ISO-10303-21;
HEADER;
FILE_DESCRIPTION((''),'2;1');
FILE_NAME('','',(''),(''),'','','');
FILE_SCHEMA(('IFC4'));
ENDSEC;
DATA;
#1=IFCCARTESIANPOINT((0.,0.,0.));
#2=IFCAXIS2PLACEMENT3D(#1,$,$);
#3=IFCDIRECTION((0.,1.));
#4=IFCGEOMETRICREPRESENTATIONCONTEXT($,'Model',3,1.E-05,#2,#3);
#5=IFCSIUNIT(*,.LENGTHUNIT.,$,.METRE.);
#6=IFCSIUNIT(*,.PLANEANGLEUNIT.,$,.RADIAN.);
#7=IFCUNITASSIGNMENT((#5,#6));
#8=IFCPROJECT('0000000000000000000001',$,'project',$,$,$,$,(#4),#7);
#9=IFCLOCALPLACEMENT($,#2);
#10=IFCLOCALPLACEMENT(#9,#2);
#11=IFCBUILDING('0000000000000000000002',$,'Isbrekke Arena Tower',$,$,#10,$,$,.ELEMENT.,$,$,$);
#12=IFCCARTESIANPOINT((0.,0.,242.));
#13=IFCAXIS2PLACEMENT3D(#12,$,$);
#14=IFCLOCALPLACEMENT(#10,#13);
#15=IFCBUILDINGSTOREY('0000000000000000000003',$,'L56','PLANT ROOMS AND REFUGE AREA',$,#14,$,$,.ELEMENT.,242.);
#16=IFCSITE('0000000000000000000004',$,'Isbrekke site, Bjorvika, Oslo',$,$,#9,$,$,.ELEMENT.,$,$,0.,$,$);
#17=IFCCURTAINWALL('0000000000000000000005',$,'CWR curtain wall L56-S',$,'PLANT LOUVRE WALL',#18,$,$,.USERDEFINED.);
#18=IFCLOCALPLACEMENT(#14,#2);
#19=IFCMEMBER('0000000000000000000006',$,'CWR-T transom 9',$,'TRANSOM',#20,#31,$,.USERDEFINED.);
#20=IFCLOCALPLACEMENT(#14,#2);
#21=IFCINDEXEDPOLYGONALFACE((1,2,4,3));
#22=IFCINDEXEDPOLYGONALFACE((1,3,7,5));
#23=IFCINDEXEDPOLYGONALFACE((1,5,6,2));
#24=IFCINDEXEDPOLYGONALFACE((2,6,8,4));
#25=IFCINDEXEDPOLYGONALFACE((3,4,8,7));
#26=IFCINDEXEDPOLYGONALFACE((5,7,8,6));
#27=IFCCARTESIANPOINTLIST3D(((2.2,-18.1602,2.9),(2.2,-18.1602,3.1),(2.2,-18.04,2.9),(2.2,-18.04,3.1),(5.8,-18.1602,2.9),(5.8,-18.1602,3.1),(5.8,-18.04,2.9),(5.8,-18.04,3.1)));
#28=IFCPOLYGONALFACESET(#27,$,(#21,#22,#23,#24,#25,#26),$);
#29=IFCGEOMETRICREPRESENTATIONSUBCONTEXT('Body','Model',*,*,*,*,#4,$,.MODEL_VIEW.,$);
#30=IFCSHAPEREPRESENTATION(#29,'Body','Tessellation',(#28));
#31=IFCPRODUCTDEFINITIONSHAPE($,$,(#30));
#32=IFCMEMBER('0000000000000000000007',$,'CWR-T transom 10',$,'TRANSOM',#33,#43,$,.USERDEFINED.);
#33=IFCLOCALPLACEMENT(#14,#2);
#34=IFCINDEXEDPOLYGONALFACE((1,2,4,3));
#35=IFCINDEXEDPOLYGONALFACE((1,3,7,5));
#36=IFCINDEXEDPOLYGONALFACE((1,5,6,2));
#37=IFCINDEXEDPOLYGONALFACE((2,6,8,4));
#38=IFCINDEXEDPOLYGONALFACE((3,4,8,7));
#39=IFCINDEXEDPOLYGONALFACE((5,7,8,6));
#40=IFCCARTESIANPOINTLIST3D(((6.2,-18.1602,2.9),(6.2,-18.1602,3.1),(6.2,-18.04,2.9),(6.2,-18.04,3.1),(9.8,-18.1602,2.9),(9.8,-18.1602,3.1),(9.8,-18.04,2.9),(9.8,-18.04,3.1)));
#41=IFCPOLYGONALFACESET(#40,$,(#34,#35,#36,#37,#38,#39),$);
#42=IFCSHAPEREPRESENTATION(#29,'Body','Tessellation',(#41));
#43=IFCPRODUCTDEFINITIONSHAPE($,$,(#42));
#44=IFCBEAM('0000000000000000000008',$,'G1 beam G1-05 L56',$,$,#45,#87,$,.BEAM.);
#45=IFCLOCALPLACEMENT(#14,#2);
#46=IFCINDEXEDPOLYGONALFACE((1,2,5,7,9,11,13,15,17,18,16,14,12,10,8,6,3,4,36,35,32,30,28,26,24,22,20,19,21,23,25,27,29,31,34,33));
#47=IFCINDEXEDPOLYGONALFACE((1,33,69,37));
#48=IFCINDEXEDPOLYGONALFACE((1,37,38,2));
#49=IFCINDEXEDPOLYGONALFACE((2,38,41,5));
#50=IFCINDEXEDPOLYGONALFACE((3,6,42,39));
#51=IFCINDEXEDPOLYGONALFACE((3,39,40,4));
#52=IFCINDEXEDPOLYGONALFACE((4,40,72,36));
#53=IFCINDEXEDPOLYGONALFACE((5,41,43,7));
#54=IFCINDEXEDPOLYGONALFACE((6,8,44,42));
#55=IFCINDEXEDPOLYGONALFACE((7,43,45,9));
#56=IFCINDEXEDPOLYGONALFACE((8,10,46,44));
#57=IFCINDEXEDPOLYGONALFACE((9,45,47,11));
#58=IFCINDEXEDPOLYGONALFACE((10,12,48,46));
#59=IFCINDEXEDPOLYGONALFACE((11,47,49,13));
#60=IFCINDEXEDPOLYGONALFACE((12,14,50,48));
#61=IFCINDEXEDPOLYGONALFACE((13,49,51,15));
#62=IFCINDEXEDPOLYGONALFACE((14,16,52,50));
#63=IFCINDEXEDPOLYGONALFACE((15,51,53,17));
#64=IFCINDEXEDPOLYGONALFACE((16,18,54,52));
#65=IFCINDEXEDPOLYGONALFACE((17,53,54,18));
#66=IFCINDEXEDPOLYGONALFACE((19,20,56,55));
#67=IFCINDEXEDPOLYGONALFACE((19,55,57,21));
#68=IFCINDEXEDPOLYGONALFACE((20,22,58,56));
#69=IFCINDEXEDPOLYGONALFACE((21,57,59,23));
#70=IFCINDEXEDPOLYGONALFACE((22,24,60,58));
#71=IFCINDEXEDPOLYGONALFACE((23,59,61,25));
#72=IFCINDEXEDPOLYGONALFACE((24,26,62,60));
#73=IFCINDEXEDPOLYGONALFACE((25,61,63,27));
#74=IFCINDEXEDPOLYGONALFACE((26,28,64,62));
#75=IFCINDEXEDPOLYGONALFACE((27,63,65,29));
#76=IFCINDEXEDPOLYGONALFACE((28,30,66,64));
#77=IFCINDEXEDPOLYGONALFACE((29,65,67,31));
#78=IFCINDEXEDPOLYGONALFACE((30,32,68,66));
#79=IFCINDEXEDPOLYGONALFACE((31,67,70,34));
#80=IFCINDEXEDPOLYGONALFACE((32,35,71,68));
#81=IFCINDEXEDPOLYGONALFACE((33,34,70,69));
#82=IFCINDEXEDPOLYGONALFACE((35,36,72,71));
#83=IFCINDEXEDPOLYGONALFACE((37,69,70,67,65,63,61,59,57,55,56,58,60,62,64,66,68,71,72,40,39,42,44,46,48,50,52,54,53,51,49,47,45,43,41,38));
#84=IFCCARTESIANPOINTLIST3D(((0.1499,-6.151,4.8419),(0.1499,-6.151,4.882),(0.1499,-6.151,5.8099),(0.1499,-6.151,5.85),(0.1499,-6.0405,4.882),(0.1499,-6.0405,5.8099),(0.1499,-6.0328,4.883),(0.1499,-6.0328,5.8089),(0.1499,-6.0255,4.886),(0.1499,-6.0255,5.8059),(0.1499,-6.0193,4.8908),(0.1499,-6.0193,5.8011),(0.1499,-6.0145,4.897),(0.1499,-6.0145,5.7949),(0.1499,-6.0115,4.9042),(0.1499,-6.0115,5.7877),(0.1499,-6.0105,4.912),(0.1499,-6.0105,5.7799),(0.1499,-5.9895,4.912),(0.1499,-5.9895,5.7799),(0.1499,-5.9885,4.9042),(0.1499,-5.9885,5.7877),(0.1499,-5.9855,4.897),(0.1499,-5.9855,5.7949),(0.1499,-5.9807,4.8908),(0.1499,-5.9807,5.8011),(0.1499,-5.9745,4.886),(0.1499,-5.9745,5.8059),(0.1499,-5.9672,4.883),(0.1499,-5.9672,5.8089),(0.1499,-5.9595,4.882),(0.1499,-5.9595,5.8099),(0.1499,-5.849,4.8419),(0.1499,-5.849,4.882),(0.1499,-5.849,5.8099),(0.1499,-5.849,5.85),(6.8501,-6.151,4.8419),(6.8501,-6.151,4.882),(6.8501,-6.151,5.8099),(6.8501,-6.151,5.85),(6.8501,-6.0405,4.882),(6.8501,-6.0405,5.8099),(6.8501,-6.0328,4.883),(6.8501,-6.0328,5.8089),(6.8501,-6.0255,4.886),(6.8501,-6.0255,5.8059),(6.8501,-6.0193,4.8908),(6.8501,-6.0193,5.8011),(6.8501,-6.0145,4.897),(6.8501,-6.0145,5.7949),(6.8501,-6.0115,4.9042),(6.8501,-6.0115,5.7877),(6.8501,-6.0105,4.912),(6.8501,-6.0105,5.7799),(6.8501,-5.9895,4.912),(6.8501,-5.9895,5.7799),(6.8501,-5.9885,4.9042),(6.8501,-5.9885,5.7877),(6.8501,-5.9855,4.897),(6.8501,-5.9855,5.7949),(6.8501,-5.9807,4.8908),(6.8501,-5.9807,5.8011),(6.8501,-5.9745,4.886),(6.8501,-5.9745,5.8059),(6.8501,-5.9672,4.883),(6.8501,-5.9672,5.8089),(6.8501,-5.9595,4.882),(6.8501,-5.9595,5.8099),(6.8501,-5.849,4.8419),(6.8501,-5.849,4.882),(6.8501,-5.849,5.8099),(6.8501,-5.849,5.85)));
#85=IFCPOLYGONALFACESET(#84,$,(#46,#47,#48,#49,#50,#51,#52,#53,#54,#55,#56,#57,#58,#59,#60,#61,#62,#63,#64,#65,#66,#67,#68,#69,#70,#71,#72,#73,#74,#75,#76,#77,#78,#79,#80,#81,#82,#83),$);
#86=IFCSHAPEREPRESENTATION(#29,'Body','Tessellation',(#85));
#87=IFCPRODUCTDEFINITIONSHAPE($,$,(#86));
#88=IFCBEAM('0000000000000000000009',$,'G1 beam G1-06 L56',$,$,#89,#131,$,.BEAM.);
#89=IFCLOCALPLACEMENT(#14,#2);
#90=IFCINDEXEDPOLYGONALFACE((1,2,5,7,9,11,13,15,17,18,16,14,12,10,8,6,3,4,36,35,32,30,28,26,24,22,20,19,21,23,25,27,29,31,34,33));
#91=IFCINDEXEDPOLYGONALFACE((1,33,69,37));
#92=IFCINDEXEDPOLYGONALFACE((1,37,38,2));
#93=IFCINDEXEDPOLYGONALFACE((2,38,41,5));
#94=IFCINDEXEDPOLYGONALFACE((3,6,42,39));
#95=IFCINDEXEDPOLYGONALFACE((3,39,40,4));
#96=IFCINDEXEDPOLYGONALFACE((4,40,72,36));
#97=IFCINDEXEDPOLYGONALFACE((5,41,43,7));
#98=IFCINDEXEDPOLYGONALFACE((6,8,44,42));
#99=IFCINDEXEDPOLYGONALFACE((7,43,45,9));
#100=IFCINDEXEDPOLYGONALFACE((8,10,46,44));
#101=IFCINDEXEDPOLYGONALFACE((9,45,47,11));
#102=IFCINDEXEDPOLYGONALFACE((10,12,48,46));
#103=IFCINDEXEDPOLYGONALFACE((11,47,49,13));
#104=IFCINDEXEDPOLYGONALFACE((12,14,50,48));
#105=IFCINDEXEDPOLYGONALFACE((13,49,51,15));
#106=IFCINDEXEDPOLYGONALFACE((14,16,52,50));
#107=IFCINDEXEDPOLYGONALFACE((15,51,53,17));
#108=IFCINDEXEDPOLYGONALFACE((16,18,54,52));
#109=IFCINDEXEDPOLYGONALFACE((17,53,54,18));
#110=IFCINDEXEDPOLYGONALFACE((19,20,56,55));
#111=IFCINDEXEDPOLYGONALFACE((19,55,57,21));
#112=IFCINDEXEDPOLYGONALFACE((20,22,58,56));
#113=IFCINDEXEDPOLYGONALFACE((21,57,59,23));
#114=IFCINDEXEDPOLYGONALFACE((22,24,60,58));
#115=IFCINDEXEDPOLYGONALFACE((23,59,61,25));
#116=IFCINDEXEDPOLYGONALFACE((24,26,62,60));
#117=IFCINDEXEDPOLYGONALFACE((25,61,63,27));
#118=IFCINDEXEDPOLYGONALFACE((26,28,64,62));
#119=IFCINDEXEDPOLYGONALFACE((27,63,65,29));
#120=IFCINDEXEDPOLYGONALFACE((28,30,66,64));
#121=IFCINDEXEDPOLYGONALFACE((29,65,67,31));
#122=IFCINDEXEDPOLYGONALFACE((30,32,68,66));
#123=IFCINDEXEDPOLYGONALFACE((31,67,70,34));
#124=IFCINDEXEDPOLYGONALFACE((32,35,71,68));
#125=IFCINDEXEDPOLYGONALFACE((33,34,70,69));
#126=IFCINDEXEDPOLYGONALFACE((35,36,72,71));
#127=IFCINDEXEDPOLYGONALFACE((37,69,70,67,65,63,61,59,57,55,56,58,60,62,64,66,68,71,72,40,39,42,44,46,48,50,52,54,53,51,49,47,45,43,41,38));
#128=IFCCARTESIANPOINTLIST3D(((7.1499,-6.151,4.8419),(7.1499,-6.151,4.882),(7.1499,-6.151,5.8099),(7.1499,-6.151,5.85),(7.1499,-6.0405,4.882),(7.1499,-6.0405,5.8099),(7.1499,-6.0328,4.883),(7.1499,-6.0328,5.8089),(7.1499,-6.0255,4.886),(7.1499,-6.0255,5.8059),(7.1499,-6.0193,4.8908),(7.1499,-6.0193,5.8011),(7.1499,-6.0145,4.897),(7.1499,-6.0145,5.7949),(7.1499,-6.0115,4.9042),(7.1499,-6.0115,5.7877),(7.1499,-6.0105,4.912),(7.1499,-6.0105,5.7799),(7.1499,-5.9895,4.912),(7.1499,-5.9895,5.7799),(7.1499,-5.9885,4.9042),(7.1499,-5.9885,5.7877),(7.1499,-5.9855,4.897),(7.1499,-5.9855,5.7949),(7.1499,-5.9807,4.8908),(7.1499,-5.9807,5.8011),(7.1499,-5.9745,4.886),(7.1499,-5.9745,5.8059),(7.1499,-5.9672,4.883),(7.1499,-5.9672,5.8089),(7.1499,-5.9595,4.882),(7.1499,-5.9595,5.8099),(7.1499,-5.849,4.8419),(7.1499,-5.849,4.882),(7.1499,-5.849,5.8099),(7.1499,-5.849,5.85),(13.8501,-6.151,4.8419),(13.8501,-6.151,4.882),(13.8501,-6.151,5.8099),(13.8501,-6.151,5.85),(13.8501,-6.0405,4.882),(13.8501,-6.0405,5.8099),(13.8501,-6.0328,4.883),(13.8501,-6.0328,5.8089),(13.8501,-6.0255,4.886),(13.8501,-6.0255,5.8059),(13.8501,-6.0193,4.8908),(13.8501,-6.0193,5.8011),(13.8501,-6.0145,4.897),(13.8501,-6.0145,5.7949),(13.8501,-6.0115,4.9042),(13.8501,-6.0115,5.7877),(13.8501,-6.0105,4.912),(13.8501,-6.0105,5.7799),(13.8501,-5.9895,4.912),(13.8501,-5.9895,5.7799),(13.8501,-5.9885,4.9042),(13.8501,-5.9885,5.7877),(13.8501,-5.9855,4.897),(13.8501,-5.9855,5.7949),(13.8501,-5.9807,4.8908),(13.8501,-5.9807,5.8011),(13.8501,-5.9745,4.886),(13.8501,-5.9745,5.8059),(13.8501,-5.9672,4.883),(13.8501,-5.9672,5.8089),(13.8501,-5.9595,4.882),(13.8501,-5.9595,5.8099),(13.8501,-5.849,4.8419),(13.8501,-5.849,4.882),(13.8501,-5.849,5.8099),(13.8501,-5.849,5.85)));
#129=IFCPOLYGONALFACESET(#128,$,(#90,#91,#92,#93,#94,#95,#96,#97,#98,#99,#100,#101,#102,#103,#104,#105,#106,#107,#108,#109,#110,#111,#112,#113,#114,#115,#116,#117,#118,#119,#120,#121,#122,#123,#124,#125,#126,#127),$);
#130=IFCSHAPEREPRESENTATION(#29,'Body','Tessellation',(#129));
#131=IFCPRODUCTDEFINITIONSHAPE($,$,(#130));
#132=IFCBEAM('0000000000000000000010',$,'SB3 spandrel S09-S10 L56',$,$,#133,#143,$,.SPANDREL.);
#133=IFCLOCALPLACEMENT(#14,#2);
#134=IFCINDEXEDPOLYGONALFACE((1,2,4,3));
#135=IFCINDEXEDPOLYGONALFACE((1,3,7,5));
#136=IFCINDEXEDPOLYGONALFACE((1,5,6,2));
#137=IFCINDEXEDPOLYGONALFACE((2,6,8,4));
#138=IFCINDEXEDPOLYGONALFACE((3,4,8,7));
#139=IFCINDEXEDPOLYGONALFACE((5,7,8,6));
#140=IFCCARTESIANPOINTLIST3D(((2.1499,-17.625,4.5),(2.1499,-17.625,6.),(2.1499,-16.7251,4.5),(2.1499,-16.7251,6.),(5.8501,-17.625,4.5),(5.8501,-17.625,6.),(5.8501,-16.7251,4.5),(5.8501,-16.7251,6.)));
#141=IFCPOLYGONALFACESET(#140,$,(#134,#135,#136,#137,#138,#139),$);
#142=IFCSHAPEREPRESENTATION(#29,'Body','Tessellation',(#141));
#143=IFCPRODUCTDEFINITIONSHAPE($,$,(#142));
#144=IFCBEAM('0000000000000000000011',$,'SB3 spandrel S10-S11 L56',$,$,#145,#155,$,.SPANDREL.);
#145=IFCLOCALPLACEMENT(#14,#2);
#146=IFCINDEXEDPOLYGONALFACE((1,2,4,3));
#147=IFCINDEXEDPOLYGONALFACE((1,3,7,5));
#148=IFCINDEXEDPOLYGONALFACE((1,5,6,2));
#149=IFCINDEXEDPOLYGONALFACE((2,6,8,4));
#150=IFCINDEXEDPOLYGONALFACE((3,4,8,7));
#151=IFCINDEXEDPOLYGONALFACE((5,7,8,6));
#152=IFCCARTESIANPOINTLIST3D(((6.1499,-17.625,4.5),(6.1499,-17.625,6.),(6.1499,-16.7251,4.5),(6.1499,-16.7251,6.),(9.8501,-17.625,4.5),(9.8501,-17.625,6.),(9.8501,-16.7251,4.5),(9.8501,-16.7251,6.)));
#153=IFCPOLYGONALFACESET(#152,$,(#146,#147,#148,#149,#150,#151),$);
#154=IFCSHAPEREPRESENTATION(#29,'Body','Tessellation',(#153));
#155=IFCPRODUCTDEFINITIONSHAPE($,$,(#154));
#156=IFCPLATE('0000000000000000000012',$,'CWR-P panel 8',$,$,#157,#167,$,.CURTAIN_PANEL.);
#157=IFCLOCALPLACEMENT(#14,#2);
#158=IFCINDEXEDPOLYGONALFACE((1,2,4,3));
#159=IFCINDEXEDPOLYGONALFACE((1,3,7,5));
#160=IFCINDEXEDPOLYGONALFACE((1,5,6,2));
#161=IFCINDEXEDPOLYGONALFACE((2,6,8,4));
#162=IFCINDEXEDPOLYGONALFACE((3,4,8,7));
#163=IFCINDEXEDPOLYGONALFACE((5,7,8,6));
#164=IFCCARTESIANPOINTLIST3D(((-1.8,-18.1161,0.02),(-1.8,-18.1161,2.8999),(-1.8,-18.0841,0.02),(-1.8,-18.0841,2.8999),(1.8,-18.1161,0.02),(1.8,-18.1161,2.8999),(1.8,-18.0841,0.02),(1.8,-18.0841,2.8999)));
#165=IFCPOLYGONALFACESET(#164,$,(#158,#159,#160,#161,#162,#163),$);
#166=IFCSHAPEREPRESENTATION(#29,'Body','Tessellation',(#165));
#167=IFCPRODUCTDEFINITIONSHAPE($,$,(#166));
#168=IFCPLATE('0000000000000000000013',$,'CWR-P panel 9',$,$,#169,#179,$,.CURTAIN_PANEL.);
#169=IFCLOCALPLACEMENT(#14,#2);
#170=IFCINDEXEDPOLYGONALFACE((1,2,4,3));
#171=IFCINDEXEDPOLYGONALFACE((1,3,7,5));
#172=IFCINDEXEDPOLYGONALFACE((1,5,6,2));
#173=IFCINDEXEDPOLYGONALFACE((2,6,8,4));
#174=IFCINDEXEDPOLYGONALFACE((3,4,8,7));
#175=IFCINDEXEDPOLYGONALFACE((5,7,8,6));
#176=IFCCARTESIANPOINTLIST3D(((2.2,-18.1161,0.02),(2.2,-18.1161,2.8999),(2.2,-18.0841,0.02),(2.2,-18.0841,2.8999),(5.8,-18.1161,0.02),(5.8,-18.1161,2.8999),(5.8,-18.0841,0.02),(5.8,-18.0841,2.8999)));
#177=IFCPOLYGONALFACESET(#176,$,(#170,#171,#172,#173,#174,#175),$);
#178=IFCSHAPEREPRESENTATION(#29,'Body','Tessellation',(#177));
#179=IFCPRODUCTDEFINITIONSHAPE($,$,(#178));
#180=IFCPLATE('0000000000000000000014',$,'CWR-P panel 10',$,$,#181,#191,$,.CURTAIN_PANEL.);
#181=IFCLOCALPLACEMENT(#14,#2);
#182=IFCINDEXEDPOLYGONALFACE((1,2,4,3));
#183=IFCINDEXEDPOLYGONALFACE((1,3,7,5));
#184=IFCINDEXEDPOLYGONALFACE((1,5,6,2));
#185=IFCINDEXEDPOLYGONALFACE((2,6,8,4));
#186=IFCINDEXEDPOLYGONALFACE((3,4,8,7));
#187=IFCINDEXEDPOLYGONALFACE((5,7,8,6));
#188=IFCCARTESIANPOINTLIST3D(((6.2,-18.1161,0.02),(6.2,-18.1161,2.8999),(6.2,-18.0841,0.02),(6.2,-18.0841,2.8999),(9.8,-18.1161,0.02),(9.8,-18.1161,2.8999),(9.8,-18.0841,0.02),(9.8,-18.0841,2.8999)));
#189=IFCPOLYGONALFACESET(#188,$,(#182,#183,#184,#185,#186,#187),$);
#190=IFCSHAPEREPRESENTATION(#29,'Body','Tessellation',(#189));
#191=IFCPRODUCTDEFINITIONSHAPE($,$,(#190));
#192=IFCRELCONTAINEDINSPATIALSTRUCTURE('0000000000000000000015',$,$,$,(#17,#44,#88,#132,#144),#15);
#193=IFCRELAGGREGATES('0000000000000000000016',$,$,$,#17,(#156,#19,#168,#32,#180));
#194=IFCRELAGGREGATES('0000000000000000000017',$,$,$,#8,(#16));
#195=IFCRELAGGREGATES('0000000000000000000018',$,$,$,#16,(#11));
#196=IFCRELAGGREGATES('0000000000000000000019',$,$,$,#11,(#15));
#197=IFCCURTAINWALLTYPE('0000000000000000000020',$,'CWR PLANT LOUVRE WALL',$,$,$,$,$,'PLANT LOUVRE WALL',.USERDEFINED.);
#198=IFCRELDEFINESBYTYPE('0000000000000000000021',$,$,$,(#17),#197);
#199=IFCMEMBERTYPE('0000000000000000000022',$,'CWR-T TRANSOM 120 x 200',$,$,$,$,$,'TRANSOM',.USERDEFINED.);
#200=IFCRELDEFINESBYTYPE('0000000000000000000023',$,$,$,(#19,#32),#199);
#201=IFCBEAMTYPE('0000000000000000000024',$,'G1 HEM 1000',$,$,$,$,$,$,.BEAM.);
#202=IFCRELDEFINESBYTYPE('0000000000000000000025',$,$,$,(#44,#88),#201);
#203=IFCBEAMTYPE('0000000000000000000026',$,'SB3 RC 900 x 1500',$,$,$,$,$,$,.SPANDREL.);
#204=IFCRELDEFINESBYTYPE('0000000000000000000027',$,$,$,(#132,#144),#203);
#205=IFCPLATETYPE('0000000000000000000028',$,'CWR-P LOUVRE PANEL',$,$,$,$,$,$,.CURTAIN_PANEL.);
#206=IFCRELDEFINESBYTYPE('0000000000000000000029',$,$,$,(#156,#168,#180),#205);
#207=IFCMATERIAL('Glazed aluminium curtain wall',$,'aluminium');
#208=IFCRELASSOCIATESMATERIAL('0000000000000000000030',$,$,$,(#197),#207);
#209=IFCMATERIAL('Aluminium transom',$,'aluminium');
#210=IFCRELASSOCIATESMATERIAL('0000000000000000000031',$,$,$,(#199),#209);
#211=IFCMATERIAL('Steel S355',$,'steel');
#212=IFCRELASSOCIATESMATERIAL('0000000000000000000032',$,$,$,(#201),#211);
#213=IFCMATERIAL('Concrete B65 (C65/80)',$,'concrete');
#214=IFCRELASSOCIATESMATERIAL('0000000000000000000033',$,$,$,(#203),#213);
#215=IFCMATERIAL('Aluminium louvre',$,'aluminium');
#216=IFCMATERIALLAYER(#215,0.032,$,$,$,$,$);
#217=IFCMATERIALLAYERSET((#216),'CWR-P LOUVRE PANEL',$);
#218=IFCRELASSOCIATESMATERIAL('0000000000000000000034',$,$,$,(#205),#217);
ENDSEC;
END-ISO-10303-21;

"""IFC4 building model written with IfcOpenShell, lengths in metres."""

from ifc_helpers import new_model, si_unit, direction, frame, origin, origin_2d, place, context, subcontext, project, spatial, rectangle, i_section, extrude, material, layer, layer_set, material_profile, profile_set, type_object, element, aggregate, save


model = new_model("IFC4")

# Units and contexts
model_context = context("Model", 3, precision=1e-05, world=origin(), true_north=direction((0.0, 1.0)))
body_context = subcontext(model_context, "Body", "Model", "MODEL_VIEW")
ifc_project = project(units=[si_unit("LENGTHUNIT", "METRE"), si_unit("PLANEANGLEUNIT", "RADIAN")], contexts=[model_context])

# Site, building, storey
site_placement = place(None, origin())
site = spatial("IfcSite", under=ifc_project, at=site_placement, Name="Isbrekke site, Bjorvika, Oslo", CompositionType="ELEMENT", RefElevation=0.0)
building_placement = place(site_placement, origin())
building = spatial("IfcBuilding", under=site, at=building_placement, Name="Isbrekke Arena Tower", CompositionType="ELEMENT")
storey_placement = place(building_placement, frame((0.0, 0.0, 242.0)))
storey = spatial("IfcBuildingStorey", under=building, at=storey_placement, Name="L56", Description="PLANT ROOMS AND REFUGE AREA", CompositionType="ELEMENT", Elevation=242.0)

# Curtain wall, members
ifc_material_1 = material(Name="Glazed aluminium curtain wall", Category="aluminium")
curtain_wall_type = type_object("IfcCurtainWallType", Name="CWR PLANT LOUVRE WALL", ElementType="PLANT LOUVRE WALL", PredefinedType="USERDEFINED", material=ifc_material_1)
curtain_wall_placement = place(storey_placement, origin())
curtain_wall = element("IfcCurtainWall", 1, at=curtain_wall_placement, inside=storey, type_object=curtain_wall_type, Name="CWR curtain wall L56-S", ObjectType="PLANT LOUVRE WALL", PredefinedType="USERDEFINED")
ifc_material_2 = material(Name="Aluminium transom", Category="aluminium")
ifc_material_profile_1 = material_profile(ifc_material_2, rectangle(XDim=0.1201, YDim=0.2, at=origin_2d()), Name="TRANSOM 120X200")
ifc_profile_set_1 = profile_set([ifc_material_profile_1], Name="Aluminium transom")
member_type_1 = type_object("IfcMemberType", Name="CWR-T TRANSOM 120 x 200", ElementType="TRANSOM", PredefinedType="USERDEFINED", material=ifc_profile_set_1)
member_1_placement = place(storey_placement, frame((2.2, -18.1001, 3.0), z_axis=(1.0, 0.0, 0.0), x_axis=(0.0, 1.0, 0.0)))
member_1 = element("IfcMember", 2, at=member_1_placement, type_object=member_type_1, Name="CWR-T transom 9", ObjectType="TRANSOM", PredefinedType="USERDEFINED", context=body_context, shape_type="SweptSolid", body=[
    extrude(rectangle(XDim=0.1201, YDim=0.2, at=origin_2d()), origin(), (0.0, 0.0, 1.0), 3.6001),
])
member_2_placement = place(storey_placement, frame((6.2, -18.1001, 3.0), z_axis=(1.0, 0.0, 0.0), x_axis=(0.0, 1.0, 0.0)))
member_2 = element("IfcMember", 3, at=member_2_placement, type_object=member_type_1, Name="CWR-T transom 10", ObjectType="TRANSOM", PredefinedType="USERDEFINED", context=body_context, shape_type="SweptSolid", body=[
    extrude(rectangle(XDim=0.1201, YDim=0.2, at=origin_2d()), origin(), (0.0, 0.0, 1.0), 3.6001),
])

# Beams
ifc_material_3 = material(Name="Steel S355", Category="steel")
ifc_material_profile_2 = material_profile(ifc_material_3, i_section(OverallWidth=0.302, OverallDepth=1.0081, WebThickness=0.021, FlangeThickness=0.04, FilletRadius=0.03, at=origin_2d()), Name="HEM 1000")
ifc_profile_set_2 = profile_set([ifc_material_profile_2], Name="Steel S355")
beam_type_1 = type_object("IfcBeamType", Name="G1 HEM 1000", PredefinedType="BEAM", material=ifc_profile_set_2)
for number, where, z_axis, x_axis, name in (
    (4, (0.1499, -6.0, 5.3459), (1.0, 0.0, 0.0), (0.0, 1.0, 0.0), "G1 beam G1-05 L56"),
    (5, (7.1499, -6.0, 5.3459), (1.0, 0.0, 0.0), (0.0, 1.0, 0.0), "G1 beam G1-06 L56"),
):
    element("IfcBeam", number, at=place(storey_placement, frame(where, z_axis=z_axis, x_axis=x_axis)), inside=storey, type_object=beam_type_1, Name=name, PredefinedType="BEAM", context=body_context, shape_type="SweptSolid", body=[
        extrude(i_section(OverallWidth=0.302, OverallDepth=1.0081, WebThickness=0.021, FlangeThickness=0.04, FilletRadius=0.03, at=origin_2d()), origin(), (0.0, 0.0, 1.0), 6.7002),
    ])
ifc_material_4 = material(Name="Concrete B65 (C65/80)", Category="concrete")
ifc_material_profile_3 = material_profile(ifc_material_4, rectangle(XDim=0.8999, YDim=1.5, at=origin_2d()), Name="RC 900x1500")
ifc_profile_set_3 = profile_set([ifc_material_profile_3], Name="Concrete B65 (C65/80)")
beam_type_2 = type_object("IfcBeamType", Name="SB3 RC 900 x 1500", PredefinedType="SPANDREL", material=ifc_profile_set_3)
for number, where, z_axis, x_axis, name in (
    (6, (2.1499, -17.175, 5.25), (1.0, 0.0, 0.0), (0.0, 1.0, 0.0), "SB3 spandrel S09-S10 L56"),
    (7, (6.1499, -17.175, 5.25), (1.0, 0.0, 0.0), (0.0, 1.0, 0.0), "SB3 spandrel S10-S11 L56"),
):
    element("IfcBeam", number, at=place(storey_placement, frame(where, z_axis=z_axis, x_axis=x_axis)), inside=storey, type_object=beam_type_2, Name=name, PredefinedType="SPANDREL", context=body_context, shape_type="SweptSolid", body=[
        extrude(rectangle(XDim=0.8999, YDim=1.5, at=origin_2d()), origin(), (0.0, 0.0, 1.0), 3.7002),
    ])

# Plates
ifc_material_5 = material(Name="Aluminium louvre", Category="aluminium")
ifc_layer_1 = layer(ifc_material_5, 0.032)
ifc_layer_set_1 = layer_set([ifc_layer_1], Name="CWR-P LOUVRE PANEL")
plate_type = type_object("IfcPlateType", Name="CWR-P LOUVRE PANEL", PredefinedType="CURTAIN_PANEL", material=ifc_layer_set_1)
plate_1_placement = place(storey_placement, frame((0.0, -18.1001, 0.02), z_axis=(0.0, 0.0, 1.0), x_axis=(1.0, 0.0, 0.0)))
plate_1 = element("IfcPlate", 8, at=plate_1_placement, type_object=plate_type, Name="CWR-P panel 8", PredefinedType="CURTAIN_PANEL", context=body_context, shape_type="SweptSolid", body=[
    extrude(rectangle(XDim=3.6001, YDim=0.032, at=origin_2d()), origin(), (0.0, 0.0, 1.0), 2.8799),
])
plate_2_placement = place(storey_placement, frame((4.0, -18.1001, 0.02), z_axis=(0.0, 0.0, 1.0), x_axis=(1.0, 0.0, 0.0)))
plate_2 = element("IfcPlate", 9, at=plate_2_placement, type_object=plate_type, Name="CWR-P panel 9", PredefinedType="CURTAIN_PANEL", context=body_context, shape_type="SweptSolid", body=[
    extrude(rectangle(XDim=3.6001, YDim=0.032, at=origin_2d()), origin(), (0.0, 0.0, 1.0), 2.8799),
])
plate_3_placement = place(storey_placement, frame((8.0, -18.1001, 0.02), z_axis=(0.0, 0.0, 1.0), x_axis=(1.0, 0.0, 0.0)))
plate_3 = element("IfcPlate", 10, at=plate_3_placement, type_object=plate_type, Name="CWR-P panel 10", PredefinedType="CURTAIN_PANEL", context=body_context, shape_type="SweptSolid", body=[
    extrude(rectangle(XDim=3.6001, YDim=0.032, at=origin_2d()), origin(), (0.0, 0.0, 1.0), 2.8799),
])
aggregate(curtain_wall, [plate_1, member_1, plate_2, member_2, plate_3])

save(model, "model.ifc")
